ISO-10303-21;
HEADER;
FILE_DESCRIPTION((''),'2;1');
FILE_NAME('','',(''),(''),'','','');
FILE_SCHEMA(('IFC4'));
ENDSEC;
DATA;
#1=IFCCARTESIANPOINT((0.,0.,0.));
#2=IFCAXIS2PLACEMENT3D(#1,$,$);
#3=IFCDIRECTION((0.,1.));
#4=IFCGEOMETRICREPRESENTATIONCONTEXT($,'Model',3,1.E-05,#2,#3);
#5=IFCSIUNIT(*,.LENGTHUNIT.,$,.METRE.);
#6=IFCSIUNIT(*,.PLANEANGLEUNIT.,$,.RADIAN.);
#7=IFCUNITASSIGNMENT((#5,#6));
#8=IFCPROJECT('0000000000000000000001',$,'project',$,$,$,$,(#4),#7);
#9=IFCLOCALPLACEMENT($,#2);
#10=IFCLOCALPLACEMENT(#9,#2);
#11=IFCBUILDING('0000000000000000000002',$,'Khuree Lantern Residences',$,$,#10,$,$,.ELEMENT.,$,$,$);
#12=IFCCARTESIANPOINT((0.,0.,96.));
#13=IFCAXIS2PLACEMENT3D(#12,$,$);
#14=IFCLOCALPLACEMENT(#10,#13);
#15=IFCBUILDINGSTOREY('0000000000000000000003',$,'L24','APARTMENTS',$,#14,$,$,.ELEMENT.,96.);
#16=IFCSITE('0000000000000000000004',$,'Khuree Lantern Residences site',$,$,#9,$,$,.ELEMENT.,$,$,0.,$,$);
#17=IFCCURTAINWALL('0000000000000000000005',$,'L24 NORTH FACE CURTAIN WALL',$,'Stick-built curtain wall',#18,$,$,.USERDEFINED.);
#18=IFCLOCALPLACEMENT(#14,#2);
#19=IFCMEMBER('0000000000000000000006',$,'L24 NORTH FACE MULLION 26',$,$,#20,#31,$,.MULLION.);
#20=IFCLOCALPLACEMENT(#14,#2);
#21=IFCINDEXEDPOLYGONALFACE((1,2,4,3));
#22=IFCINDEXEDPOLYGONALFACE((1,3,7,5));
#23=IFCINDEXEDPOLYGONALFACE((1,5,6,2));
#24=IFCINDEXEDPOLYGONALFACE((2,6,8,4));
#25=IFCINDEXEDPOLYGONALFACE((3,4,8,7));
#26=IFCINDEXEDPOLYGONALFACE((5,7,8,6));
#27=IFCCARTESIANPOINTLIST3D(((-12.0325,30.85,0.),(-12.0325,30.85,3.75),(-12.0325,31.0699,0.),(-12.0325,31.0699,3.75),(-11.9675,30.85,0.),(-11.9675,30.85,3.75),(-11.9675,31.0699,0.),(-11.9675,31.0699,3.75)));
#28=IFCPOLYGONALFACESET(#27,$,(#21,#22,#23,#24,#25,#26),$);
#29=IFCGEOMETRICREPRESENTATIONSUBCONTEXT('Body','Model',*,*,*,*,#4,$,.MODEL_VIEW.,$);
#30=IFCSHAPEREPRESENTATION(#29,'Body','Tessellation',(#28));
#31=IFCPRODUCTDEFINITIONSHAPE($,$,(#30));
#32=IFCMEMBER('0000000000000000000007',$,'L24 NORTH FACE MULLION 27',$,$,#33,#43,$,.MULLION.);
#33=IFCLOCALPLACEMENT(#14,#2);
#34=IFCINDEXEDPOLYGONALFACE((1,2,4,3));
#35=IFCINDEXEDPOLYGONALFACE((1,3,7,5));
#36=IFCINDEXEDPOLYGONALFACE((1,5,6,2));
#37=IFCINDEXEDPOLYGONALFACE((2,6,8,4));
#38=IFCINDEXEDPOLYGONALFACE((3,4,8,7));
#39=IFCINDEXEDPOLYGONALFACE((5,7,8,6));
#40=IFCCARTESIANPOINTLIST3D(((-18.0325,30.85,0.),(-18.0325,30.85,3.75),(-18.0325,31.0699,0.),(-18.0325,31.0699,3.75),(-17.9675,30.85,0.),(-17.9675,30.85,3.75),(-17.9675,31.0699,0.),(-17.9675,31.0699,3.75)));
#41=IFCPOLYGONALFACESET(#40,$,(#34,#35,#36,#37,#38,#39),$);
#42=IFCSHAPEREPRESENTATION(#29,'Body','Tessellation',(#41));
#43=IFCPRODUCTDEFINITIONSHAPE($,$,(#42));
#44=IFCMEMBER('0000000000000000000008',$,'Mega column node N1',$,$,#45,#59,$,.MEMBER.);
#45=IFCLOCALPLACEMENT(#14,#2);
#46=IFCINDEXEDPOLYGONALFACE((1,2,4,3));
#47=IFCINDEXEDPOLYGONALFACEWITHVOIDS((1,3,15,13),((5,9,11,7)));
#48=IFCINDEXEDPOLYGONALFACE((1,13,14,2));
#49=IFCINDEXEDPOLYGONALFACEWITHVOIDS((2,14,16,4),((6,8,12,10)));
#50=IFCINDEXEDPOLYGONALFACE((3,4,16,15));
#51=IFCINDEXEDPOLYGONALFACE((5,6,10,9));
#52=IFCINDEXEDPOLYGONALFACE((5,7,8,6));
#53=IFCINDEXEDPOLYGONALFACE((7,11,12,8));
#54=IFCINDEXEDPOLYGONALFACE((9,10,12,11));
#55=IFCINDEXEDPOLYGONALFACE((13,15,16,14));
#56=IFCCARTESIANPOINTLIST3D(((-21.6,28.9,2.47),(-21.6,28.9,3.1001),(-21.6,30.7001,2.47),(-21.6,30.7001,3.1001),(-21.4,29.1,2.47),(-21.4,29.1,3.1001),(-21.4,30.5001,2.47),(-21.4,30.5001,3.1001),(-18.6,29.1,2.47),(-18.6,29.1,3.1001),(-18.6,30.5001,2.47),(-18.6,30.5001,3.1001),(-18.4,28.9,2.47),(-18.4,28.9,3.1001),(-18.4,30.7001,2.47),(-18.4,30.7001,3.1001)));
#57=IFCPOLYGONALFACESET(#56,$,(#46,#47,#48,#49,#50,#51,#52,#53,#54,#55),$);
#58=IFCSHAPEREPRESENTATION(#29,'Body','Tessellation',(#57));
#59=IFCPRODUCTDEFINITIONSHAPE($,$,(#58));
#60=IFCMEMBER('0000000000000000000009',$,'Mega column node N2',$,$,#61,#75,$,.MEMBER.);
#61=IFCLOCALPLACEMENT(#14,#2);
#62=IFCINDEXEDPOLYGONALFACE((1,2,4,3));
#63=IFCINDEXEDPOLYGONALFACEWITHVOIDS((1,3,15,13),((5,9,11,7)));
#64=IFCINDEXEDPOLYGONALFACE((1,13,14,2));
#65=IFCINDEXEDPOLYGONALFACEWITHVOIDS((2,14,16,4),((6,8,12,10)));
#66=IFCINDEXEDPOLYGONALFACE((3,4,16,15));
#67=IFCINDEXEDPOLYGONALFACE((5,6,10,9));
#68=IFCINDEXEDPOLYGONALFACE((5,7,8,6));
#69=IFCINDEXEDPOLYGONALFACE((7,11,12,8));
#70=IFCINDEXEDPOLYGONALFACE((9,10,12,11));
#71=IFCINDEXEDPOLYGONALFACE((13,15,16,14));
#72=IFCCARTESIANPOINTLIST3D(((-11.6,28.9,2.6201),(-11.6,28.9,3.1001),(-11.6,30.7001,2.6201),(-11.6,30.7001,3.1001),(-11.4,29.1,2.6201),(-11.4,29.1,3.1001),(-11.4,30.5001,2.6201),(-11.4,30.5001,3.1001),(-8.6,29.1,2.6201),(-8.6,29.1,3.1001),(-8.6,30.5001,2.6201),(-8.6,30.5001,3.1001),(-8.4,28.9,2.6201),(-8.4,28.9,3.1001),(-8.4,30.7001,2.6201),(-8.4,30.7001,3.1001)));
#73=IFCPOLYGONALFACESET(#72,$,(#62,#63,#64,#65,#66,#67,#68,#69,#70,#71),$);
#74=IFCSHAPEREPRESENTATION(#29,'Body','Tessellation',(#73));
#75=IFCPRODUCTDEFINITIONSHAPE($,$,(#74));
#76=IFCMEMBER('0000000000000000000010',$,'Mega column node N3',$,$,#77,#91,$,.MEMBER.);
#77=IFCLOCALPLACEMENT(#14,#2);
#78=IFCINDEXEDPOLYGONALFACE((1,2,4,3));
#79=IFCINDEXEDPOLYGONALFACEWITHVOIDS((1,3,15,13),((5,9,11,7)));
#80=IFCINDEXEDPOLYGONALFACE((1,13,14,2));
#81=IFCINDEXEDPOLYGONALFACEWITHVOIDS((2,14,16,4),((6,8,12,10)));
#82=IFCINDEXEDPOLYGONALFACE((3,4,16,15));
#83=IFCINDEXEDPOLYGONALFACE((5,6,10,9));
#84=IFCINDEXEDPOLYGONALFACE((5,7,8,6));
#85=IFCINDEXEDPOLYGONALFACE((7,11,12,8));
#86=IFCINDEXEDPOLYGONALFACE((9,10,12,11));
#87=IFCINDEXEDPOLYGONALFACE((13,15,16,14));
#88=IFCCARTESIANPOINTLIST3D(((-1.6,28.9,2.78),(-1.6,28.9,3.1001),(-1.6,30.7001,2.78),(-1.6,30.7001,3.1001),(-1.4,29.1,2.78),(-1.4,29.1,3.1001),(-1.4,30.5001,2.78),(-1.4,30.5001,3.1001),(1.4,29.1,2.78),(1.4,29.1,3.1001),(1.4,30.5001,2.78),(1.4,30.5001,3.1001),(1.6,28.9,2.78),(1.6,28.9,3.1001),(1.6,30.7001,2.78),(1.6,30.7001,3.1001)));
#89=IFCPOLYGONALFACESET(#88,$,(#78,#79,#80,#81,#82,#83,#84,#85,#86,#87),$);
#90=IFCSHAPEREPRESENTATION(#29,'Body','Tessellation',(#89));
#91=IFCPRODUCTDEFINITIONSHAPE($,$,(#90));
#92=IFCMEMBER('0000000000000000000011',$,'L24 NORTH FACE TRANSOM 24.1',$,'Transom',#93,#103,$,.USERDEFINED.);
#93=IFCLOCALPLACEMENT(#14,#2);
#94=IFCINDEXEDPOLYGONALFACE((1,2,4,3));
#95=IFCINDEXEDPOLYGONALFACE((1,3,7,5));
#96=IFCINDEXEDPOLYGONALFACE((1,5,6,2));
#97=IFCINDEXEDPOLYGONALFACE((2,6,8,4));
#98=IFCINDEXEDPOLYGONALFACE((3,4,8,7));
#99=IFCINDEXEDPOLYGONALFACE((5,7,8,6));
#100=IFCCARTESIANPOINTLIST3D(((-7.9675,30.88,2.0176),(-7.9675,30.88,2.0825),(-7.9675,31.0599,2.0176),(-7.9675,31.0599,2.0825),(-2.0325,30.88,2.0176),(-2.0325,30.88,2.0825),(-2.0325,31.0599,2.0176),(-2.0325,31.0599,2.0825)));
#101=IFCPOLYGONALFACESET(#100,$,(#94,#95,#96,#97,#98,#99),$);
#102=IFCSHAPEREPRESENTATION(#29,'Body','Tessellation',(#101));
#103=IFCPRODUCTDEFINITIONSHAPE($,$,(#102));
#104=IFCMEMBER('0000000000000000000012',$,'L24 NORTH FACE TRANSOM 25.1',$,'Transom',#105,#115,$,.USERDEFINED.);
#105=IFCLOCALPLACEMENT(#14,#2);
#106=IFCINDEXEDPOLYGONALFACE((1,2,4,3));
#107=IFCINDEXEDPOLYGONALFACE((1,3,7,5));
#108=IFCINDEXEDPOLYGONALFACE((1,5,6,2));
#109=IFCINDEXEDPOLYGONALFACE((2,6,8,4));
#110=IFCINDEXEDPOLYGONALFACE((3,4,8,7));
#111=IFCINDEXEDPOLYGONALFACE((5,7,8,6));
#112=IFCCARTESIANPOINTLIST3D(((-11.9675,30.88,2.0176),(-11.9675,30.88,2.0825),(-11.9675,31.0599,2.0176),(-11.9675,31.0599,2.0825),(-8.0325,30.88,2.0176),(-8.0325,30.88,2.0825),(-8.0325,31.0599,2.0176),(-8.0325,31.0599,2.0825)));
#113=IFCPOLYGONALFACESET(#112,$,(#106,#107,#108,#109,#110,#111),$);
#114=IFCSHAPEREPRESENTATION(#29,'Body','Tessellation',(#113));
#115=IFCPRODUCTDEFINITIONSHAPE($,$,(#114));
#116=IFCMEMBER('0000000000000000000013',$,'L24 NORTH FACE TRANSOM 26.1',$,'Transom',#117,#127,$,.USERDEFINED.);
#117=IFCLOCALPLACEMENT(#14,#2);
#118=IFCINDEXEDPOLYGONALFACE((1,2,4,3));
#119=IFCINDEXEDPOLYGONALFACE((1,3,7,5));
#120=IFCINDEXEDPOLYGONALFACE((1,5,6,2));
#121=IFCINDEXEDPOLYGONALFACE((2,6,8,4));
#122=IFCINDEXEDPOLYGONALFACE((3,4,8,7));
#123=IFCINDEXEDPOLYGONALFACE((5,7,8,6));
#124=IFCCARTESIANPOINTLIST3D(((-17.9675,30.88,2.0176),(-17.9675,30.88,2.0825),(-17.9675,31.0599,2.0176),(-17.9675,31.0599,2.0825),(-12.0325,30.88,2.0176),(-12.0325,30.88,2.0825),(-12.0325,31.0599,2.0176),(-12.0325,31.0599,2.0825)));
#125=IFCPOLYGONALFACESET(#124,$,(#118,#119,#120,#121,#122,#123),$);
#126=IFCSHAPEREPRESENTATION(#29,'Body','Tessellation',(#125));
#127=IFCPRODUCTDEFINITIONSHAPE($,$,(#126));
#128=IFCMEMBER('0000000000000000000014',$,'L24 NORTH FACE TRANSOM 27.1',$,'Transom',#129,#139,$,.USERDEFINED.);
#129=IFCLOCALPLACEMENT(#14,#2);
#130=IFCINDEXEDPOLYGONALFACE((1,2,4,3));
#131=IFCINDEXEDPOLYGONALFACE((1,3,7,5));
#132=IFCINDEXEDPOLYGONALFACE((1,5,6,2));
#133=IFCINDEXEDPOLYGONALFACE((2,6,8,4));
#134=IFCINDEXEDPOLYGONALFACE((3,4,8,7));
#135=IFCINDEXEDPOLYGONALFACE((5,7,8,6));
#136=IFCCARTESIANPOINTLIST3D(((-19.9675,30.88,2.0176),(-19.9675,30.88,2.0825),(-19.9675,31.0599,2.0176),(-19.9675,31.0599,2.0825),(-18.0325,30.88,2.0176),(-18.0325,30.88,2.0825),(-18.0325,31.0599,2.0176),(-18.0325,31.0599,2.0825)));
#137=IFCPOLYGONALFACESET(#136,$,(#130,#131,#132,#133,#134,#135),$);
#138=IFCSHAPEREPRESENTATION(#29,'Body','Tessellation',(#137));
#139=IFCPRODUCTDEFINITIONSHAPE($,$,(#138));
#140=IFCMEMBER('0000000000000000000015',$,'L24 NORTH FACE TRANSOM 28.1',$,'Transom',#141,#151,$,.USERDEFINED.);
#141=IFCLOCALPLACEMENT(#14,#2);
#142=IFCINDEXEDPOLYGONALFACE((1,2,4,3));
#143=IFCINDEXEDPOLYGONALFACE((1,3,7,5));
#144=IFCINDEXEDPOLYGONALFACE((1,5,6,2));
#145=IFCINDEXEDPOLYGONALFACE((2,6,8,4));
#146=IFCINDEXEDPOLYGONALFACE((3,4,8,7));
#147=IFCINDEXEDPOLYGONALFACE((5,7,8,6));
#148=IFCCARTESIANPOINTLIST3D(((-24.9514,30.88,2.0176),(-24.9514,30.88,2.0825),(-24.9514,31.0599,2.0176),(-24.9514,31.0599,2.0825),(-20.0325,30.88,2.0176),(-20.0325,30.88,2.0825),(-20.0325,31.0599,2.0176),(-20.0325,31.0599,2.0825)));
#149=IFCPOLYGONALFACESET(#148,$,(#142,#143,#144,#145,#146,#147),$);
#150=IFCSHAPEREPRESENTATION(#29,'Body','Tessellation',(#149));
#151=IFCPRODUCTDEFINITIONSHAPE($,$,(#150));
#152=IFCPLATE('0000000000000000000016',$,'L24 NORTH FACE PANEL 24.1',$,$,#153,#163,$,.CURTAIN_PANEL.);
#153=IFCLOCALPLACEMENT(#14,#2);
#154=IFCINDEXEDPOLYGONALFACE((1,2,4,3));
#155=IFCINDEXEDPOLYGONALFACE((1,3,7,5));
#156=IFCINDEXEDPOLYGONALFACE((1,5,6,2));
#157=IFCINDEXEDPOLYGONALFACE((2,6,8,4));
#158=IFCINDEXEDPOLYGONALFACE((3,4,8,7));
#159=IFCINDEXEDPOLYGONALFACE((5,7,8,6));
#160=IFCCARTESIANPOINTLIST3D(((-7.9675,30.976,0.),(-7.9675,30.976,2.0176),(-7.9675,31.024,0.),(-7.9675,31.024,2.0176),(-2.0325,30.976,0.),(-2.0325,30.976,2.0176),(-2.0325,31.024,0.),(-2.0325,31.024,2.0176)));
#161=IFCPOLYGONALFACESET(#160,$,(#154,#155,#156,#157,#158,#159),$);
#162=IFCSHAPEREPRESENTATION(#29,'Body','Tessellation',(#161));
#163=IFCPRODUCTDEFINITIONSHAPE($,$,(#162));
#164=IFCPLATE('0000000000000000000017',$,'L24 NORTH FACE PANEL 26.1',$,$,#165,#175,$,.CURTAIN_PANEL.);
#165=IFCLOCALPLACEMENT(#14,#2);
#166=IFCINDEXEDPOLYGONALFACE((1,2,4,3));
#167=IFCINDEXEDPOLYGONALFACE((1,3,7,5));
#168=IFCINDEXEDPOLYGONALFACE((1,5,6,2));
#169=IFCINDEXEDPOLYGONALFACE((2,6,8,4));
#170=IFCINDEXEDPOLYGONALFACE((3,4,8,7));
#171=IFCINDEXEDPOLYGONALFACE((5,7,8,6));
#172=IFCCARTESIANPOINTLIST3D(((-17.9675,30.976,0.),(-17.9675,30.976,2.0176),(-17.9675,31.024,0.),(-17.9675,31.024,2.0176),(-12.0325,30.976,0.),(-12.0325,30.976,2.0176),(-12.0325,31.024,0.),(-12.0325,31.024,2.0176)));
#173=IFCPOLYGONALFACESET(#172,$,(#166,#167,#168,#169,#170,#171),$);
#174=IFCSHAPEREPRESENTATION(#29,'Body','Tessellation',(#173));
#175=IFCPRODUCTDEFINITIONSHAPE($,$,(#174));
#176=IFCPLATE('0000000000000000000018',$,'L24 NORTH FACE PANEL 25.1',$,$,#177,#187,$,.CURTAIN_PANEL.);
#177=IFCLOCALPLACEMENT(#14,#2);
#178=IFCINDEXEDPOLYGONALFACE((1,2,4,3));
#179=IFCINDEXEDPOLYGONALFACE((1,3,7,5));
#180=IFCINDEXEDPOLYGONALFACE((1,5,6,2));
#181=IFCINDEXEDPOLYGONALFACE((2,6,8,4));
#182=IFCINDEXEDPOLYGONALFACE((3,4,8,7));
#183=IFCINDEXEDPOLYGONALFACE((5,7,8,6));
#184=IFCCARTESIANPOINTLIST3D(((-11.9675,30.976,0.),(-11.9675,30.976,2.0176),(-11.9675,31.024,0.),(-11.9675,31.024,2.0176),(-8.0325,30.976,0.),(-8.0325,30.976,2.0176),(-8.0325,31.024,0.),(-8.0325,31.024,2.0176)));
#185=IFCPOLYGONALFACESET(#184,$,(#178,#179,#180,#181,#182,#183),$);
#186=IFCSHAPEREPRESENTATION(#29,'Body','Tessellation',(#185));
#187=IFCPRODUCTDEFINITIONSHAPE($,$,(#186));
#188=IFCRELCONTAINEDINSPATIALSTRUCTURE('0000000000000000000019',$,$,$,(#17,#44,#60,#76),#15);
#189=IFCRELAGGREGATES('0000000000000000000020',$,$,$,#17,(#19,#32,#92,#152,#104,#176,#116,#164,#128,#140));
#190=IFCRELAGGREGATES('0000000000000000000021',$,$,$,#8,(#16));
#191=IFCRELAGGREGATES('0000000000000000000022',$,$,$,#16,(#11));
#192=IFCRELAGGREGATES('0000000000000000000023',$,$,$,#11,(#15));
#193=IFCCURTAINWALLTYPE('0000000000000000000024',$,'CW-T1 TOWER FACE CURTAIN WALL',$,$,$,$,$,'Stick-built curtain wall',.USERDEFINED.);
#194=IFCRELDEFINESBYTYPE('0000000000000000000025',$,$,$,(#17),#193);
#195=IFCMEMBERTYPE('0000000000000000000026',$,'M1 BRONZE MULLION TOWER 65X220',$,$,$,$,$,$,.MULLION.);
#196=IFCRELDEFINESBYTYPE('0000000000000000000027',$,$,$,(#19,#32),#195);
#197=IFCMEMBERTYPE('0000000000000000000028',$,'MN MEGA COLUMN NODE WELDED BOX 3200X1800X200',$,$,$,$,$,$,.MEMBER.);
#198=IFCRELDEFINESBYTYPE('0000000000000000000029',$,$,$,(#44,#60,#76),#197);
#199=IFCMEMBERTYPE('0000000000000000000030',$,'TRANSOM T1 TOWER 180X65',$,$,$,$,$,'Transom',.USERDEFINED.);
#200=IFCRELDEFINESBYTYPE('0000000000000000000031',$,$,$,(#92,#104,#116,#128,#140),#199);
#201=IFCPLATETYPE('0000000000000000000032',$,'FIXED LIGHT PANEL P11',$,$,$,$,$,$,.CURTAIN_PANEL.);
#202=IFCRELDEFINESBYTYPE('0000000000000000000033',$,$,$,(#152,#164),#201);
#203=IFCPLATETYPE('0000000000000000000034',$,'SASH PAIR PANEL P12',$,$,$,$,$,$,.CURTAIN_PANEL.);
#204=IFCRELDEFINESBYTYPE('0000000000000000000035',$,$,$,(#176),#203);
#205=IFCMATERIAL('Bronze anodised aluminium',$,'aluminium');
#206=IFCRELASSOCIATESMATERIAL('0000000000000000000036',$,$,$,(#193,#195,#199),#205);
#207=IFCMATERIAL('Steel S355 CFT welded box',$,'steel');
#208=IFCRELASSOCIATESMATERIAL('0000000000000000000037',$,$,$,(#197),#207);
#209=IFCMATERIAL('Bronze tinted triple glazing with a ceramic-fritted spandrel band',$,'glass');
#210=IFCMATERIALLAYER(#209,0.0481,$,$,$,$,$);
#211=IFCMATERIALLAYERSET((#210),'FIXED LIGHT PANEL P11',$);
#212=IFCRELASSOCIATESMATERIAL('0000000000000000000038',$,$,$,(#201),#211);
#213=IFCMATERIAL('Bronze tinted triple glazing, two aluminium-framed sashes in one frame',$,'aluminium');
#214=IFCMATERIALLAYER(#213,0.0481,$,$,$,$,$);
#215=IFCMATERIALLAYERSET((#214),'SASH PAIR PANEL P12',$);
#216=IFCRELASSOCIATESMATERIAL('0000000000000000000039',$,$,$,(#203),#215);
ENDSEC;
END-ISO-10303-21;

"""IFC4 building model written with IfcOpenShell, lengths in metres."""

from ifc_helpers import new_model, si_unit, direction, frame, origin, origin_2d, place, context, subcontext, project, spatial, rectangle, hollow_rectangle, extrude, material, layer, layer_set, material_profile, profile_set, type_object, element, aggregate, save


model = new_model("IFC4")

# Units and contexts
model_context = context("Model", 3, precision=1e-05, world=origin(), true_north=direction((0.0, 1.0)))
body_context = subcontext(model_context, "Body", "Model", "MODEL_VIEW")
ifc_project = project(units=[si_unit("LENGTHUNIT", "METRE"), si_unit("PLANEANGLEUNIT", "RADIAN")], contexts=[model_context])

# Site, building, storey
site_placement = place(None, origin())
site = spatial("IfcSite", under=ifc_project, at=site_placement, Name="Khuree Lantern Residences site", CompositionType="ELEMENT", RefElevation=0.0)
building_placement = place(site_placement, origin())
building = spatial("IfcBuilding", under=site, at=building_placement, Name="Khuree Lantern Residences", CompositionType="ELEMENT")
storey_placement = place(building_placement, frame((0.0, 0.0, 96.0)))
storey = spatial("IfcBuildingStorey", under=building, at=storey_placement, Name="L24", Description="APARTMENTS", CompositionType="ELEMENT", Elevation=96.0)

# Shared definitions
ifc_material_1 = material(Name="Steel S355 CFT welded box", Category="steel")

# Curtain wall
ifc_material_2 = material(Name="Bronze anodised aluminium", Category="aluminium")
curtain_wall_type = type_object("IfcCurtainWallType", Name="CW-T1 TOWER FACE CURTAIN WALL", ElementType="Stick-built curtain wall", PredefinedType="USERDEFINED", material=ifc_material_2)
curtain_wall_placement = place(storey_placement, origin())
curtain_wall = element("IfcCurtainWall", 1, at=curtain_wall_placement, inside=storey, type_object=curtain_wall_type, Name="L24 NORTH FACE CURTAIN WALL", ObjectType="Stick-built curtain wall", PredefinedType="USERDEFINED")

# Members
ifc_material_profile_1 = material_profile(ifc_material_2, rectangle(XDim=0.0649, YDim=0.22, at=origin_2d()), Name="M1 65X220")
ifc_profile_set_1 = profile_set([ifc_material_profile_1], Name="Bronze anodised aluminium")
member_type_1 = type_object("IfcMemberType", Name="M1 BRONZE MULLION TOWER 65X220", PredefinedType="MULLION", material=ifc_profile_set_1)
member_1_placement = place(storey_placement, frame((-12.0, 30.96, 0.0), z_axis=(0.0, 0.0, 1.0), x_axis=(-1.0, 0.0, 0.0)))
member_1 = element("IfcMember", 2, at=member_1_placement, type_object=member_type_1, Name="L24 NORTH FACE MULLION 26", PredefinedType="MULLION", context=body_context, shape_type="SweptSolid", body=[
    extrude(rectangle(XDim=0.0649, YDim=0.22, at=origin_2d()), origin(), (0.0, 0.0, 1.0), 3.75),
])
member_2_placement = place(storey_placement, frame((-18.0, 30.96, 0.0), z_axis=(0.0, 0.0, 1.0), x_axis=(-1.0, 0.0, 0.0)))
member_2 = element("IfcMember", 3, at=member_2_placement, type_object=member_type_1, Name="L24 NORTH FACE MULLION 27", PredefinedType="MULLION", context=body_context, shape_type="SweptSolid", body=[
    extrude(rectangle(XDim=0.0649, YDim=0.22, at=origin_2d()), origin(), (0.0, 0.0, 1.0), 3.75),
])

# Members
ifc_material_profile_2 = material_profile(ifc_material_1, hollow_rectangle(XDim=3.2, YDim=1.8, WallThickness=0.2, at=origin_2d()), Name="WELDED BOX 3200X1800X200")
ifc_profile_set_2 = profile_set([ifc_material_profile_2], Name="Steel S355 CFT welded box")
member_type_2 = type_object("IfcMemberType", Name="MN MEGA COLUMN NODE WELDED BOX 3200X1800X200", PredefinedType="MEMBER", material=ifc_profile_set_2)
member_3_placement = place(storey_placement, frame((-20.0, 29.8, 2.47), z_axis=(0.0, 0.0, 1.0), x_axis=(1.0, 0.0, 0.0)))
element("IfcMember", 4, at=member_3_placement, inside=storey, type_object=member_type_2, Name="Mega column node N1", PredefinedType="MEMBER", context=body_context, shape_type="SweptSolid", body=[
    extrude(hollow_rectangle(XDim=3.2, YDim=1.8, WallThickness=0.2, at=origin_2d()), origin(), (0.0, 0.0, 1.0), 0.6301),
])
member_4_placement = place(storey_placement, frame((-10.0, 29.8, 2.6201), z_axis=(0.0, 0.0, 1.0), x_axis=(1.0, 0.0, 0.0)))
element("IfcMember", 5, at=member_4_placement, inside=storey, type_object=member_type_2, Name="Mega column node N2", PredefinedType="MEMBER", context=body_context, shape_type="SweptSolid", body=[
    extrude(hollow_rectangle(XDim=3.2, YDim=1.8, WallThickness=0.2, at=origin_2d()), origin(), (0.0, 0.0, 1.0), 0.48),
])
member_5_placement = place(storey_placement, frame((0.0, 29.8, 2.78), z_axis=(0.0, 0.0, 1.0), x_axis=(1.0, 0.0, 0.0)))
element("IfcMember", 6, at=member_5_placement, inside=storey, type_object=member_type_2, Name="Mega column node N3", PredefinedType="MEMBER", context=body_context, shape_type="SweptSolid", body=[
    extrude(hollow_rectangle(XDim=3.2, YDim=1.8, WallThickness=0.2, at=origin_2d()), origin(), (0.0, 0.0, 1.0), 0.3201),
])

# Members
ifc_material_profile_3 = material_profile(ifc_material_2, rectangle(XDim=0.1799, YDim=0.0649, at=origin_2d()), Name="T1 180X65")
ifc_profile_set_3 = profile_set([ifc_material_profile_3], Name="Bronze anodised aluminium")
member_type_3 = type_object("IfcMemberType", Name="TRANSOM T1 TOWER 180X65", ElementType="Transom", PredefinedType="USERDEFINED", material=ifc_profile_set_3)
member_6_placement = place(storey_placement, frame((-2.0325, 30.97, 2.05), z_axis=(-1.0, 0.0, 0.0), x_axis=(0.0, -1.0, 0.0)))
member_6 = element("IfcMember", 7, at=member_6_placement, type_object=member_type_3, Name="L24 NORTH FACE TRANSOM 24.1", ObjectType="Transom", PredefinedType="USERDEFINED", context=body_context, shape_type="SweptSolid", body=[
    extrude(rectangle(XDim=0.1799, YDim=0.0649, at=origin_2d()), origin(), (0.0, 0.0, 1.0), 5.9351),
])
member_7_placement = place(storey_placement, frame((-8.0325, 30.97, 2.05), z_axis=(-1.0, 0.0, 0.0), x_axis=(0.0, -1.0, 0.0)))
member_7 = element("IfcMember", 8, at=member_7_placement, type_object=member_type_3, Name="L24 NORTH FACE TRANSOM 25.1", ObjectType="Transom", PredefinedType="USERDEFINED", context=body_context, shape_type="SweptSolid", body=[
    extrude(rectangle(XDim=0.1799, YDim=0.0649, at=origin_2d()), origin(), (0.0, 0.0, 1.0), 3.9351),
])
member_8_placement = place(storey_placement, frame((-12.0325, 30.97, 2.05), z_axis=(-1.0, 0.0, 0.0), x_axis=(0.0, -1.0, 0.0)))
member_8 = element("IfcMember", 9, at=member_8_placement, type_object=member_type_3, Name="L24 NORTH FACE TRANSOM 26.1", ObjectType="Transom", PredefinedType="USERDEFINED", context=body_context, shape_type="SweptSolid", body=[
    extrude(rectangle(XDim=0.1799, YDim=0.0649, at=origin_2d()), origin(), (0.0, 0.0, 1.0), 5.9351),
])
member_9_placement = place(storey_placement, frame((-18.0325, 30.97, 2.05), z_axis=(-1.0, 0.0, 0.0), x_axis=(0.0, -1.0, 0.0)))
member_9 = element("IfcMember", 10, at=member_9_placement, type_object=member_type_3, Name="L24 NORTH FACE TRANSOM 27.1", ObjectType="Transom", PredefinedType="USERDEFINED", context=body_context, shape_type="SweptSolid", body=[
    extrude(rectangle(XDim=0.1799, YDim=0.0649, at=origin_2d()), origin(), (0.0, 0.0, 1.0), 1.9351),
])
member_10_placement = place(storey_placement, frame((-20.0325, 30.97, 2.05), z_axis=(-1.0, 0.0, 0.0), x_axis=(0.0, -1.0, 0.0)))
member_10 = element("IfcMember", 11, at=member_10_placement, type_object=member_type_3, Name="L24 NORTH FACE TRANSOM 28.1", ObjectType="Transom", PredefinedType="USERDEFINED", context=body_context, shape_type="SweptSolid", body=[
    extrude(rectangle(XDim=0.1799, YDim=0.0649, at=origin_2d()), origin(), (0.0, 0.0, 1.0), 4.9189),
])

# Plates
ifc_material_3 = material(Name="Bronze tinted triple glazing with a ceramic-fritted spandrel band", Category="glass")
ifc_layer_1 = layer(ifc_material_3, 0.0481)
ifc_layer_set_1 = layer_set([ifc_layer_1], Name="FIXED LIGHT PANEL P11")
plate_type_1 = type_object("IfcPlateType", Name="FIXED LIGHT PANEL P11", PredefinedType="CURTAIN_PANEL", material=ifc_layer_set_1)
plate_1_placement = place(storey_placement, frame((-5.0, 31.0, 0.0), z_axis=(0.0, 0.0, 1.0), x_axis=(-1.0, 0.0, 0.0)))
plate_1 = element("IfcPlate", 12, at=plate_1_placement, type_object=plate_type_1, Name="L24 NORTH FACE PANEL 24.1", PredefinedType="CURTAIN_PANEL", context=body_context, shape_type="SweptSolid", body=[
    extrude(rectangle(XDim=5.9351, YDim=0.0481, at=origin_2d()), origin(), (0.0, 0.0, 1.0), 2.0176),
])
plate_2_placement = place(storey_placement, frame((-15.0, 31.0, 0.0), z_axis=(0.0, 0.0, 1.0), x_axis=(-1.0, 0.0, 0.0)))
plate_2 = element("IfcPlate", 13, at=plate_2_placement, type_object=plate_type_1, Name="L24 NORTH FACE PANEL 26.1", PredefinedType="CURTAIN_PANEL", context=body_context, shape_type="SweptSolid", body=[
    extrude(rectangle(XDim=5.9351, YDim=0.0481, at=origin_2d()), origin(), (0.0, 0.0, 1.0), 2.0176),
])
ifc_material_4 = material(Name="Bronze tinted triple glazing, two aluminium-framed sashes in one frame", Category="aluminium")
ifc_layer_2 = layer(ifc_material_4, 0.0481)
ifc_layer_set_2 = layer_set([ifc_layer_2], Name="SASH PAIR PANEL P12")
plate_type_2 = type_object("IfcPlateType", Name="SASH PAIR PANEL P12", PredefinedType="CURTAIN_PANEL", material=ifc_layer_set_2)
plate_3_placement = place(storey_placement, frame((-10.0, 31.0, 0.0), z_axis=(0.0, 0.0, 1.0), x_axis=(-1.0, 0.0, 0.0)))
plate_3 = element("IfcPlate", 14, at=plate_3_placement, type_object=plate_type_2, Name="L24 NORTH FACE PANEL 25.1", PredefinedType="CURTAIN_PANEL", context=body_context, shape_type="SweptSolid", body=[
    extrude(rectangle(XDim=3.9351, YDim=0.0481, at=origin_2d()), origin(), (0.0, 0.0, 1.0), 2.0176),
])
aggregate(curtain_wall, [member_1, member_2, member_6, plate_1, member_7, plate_3, member_8, plate_2, member_9, member_10])

save(model, "model.ifc")
